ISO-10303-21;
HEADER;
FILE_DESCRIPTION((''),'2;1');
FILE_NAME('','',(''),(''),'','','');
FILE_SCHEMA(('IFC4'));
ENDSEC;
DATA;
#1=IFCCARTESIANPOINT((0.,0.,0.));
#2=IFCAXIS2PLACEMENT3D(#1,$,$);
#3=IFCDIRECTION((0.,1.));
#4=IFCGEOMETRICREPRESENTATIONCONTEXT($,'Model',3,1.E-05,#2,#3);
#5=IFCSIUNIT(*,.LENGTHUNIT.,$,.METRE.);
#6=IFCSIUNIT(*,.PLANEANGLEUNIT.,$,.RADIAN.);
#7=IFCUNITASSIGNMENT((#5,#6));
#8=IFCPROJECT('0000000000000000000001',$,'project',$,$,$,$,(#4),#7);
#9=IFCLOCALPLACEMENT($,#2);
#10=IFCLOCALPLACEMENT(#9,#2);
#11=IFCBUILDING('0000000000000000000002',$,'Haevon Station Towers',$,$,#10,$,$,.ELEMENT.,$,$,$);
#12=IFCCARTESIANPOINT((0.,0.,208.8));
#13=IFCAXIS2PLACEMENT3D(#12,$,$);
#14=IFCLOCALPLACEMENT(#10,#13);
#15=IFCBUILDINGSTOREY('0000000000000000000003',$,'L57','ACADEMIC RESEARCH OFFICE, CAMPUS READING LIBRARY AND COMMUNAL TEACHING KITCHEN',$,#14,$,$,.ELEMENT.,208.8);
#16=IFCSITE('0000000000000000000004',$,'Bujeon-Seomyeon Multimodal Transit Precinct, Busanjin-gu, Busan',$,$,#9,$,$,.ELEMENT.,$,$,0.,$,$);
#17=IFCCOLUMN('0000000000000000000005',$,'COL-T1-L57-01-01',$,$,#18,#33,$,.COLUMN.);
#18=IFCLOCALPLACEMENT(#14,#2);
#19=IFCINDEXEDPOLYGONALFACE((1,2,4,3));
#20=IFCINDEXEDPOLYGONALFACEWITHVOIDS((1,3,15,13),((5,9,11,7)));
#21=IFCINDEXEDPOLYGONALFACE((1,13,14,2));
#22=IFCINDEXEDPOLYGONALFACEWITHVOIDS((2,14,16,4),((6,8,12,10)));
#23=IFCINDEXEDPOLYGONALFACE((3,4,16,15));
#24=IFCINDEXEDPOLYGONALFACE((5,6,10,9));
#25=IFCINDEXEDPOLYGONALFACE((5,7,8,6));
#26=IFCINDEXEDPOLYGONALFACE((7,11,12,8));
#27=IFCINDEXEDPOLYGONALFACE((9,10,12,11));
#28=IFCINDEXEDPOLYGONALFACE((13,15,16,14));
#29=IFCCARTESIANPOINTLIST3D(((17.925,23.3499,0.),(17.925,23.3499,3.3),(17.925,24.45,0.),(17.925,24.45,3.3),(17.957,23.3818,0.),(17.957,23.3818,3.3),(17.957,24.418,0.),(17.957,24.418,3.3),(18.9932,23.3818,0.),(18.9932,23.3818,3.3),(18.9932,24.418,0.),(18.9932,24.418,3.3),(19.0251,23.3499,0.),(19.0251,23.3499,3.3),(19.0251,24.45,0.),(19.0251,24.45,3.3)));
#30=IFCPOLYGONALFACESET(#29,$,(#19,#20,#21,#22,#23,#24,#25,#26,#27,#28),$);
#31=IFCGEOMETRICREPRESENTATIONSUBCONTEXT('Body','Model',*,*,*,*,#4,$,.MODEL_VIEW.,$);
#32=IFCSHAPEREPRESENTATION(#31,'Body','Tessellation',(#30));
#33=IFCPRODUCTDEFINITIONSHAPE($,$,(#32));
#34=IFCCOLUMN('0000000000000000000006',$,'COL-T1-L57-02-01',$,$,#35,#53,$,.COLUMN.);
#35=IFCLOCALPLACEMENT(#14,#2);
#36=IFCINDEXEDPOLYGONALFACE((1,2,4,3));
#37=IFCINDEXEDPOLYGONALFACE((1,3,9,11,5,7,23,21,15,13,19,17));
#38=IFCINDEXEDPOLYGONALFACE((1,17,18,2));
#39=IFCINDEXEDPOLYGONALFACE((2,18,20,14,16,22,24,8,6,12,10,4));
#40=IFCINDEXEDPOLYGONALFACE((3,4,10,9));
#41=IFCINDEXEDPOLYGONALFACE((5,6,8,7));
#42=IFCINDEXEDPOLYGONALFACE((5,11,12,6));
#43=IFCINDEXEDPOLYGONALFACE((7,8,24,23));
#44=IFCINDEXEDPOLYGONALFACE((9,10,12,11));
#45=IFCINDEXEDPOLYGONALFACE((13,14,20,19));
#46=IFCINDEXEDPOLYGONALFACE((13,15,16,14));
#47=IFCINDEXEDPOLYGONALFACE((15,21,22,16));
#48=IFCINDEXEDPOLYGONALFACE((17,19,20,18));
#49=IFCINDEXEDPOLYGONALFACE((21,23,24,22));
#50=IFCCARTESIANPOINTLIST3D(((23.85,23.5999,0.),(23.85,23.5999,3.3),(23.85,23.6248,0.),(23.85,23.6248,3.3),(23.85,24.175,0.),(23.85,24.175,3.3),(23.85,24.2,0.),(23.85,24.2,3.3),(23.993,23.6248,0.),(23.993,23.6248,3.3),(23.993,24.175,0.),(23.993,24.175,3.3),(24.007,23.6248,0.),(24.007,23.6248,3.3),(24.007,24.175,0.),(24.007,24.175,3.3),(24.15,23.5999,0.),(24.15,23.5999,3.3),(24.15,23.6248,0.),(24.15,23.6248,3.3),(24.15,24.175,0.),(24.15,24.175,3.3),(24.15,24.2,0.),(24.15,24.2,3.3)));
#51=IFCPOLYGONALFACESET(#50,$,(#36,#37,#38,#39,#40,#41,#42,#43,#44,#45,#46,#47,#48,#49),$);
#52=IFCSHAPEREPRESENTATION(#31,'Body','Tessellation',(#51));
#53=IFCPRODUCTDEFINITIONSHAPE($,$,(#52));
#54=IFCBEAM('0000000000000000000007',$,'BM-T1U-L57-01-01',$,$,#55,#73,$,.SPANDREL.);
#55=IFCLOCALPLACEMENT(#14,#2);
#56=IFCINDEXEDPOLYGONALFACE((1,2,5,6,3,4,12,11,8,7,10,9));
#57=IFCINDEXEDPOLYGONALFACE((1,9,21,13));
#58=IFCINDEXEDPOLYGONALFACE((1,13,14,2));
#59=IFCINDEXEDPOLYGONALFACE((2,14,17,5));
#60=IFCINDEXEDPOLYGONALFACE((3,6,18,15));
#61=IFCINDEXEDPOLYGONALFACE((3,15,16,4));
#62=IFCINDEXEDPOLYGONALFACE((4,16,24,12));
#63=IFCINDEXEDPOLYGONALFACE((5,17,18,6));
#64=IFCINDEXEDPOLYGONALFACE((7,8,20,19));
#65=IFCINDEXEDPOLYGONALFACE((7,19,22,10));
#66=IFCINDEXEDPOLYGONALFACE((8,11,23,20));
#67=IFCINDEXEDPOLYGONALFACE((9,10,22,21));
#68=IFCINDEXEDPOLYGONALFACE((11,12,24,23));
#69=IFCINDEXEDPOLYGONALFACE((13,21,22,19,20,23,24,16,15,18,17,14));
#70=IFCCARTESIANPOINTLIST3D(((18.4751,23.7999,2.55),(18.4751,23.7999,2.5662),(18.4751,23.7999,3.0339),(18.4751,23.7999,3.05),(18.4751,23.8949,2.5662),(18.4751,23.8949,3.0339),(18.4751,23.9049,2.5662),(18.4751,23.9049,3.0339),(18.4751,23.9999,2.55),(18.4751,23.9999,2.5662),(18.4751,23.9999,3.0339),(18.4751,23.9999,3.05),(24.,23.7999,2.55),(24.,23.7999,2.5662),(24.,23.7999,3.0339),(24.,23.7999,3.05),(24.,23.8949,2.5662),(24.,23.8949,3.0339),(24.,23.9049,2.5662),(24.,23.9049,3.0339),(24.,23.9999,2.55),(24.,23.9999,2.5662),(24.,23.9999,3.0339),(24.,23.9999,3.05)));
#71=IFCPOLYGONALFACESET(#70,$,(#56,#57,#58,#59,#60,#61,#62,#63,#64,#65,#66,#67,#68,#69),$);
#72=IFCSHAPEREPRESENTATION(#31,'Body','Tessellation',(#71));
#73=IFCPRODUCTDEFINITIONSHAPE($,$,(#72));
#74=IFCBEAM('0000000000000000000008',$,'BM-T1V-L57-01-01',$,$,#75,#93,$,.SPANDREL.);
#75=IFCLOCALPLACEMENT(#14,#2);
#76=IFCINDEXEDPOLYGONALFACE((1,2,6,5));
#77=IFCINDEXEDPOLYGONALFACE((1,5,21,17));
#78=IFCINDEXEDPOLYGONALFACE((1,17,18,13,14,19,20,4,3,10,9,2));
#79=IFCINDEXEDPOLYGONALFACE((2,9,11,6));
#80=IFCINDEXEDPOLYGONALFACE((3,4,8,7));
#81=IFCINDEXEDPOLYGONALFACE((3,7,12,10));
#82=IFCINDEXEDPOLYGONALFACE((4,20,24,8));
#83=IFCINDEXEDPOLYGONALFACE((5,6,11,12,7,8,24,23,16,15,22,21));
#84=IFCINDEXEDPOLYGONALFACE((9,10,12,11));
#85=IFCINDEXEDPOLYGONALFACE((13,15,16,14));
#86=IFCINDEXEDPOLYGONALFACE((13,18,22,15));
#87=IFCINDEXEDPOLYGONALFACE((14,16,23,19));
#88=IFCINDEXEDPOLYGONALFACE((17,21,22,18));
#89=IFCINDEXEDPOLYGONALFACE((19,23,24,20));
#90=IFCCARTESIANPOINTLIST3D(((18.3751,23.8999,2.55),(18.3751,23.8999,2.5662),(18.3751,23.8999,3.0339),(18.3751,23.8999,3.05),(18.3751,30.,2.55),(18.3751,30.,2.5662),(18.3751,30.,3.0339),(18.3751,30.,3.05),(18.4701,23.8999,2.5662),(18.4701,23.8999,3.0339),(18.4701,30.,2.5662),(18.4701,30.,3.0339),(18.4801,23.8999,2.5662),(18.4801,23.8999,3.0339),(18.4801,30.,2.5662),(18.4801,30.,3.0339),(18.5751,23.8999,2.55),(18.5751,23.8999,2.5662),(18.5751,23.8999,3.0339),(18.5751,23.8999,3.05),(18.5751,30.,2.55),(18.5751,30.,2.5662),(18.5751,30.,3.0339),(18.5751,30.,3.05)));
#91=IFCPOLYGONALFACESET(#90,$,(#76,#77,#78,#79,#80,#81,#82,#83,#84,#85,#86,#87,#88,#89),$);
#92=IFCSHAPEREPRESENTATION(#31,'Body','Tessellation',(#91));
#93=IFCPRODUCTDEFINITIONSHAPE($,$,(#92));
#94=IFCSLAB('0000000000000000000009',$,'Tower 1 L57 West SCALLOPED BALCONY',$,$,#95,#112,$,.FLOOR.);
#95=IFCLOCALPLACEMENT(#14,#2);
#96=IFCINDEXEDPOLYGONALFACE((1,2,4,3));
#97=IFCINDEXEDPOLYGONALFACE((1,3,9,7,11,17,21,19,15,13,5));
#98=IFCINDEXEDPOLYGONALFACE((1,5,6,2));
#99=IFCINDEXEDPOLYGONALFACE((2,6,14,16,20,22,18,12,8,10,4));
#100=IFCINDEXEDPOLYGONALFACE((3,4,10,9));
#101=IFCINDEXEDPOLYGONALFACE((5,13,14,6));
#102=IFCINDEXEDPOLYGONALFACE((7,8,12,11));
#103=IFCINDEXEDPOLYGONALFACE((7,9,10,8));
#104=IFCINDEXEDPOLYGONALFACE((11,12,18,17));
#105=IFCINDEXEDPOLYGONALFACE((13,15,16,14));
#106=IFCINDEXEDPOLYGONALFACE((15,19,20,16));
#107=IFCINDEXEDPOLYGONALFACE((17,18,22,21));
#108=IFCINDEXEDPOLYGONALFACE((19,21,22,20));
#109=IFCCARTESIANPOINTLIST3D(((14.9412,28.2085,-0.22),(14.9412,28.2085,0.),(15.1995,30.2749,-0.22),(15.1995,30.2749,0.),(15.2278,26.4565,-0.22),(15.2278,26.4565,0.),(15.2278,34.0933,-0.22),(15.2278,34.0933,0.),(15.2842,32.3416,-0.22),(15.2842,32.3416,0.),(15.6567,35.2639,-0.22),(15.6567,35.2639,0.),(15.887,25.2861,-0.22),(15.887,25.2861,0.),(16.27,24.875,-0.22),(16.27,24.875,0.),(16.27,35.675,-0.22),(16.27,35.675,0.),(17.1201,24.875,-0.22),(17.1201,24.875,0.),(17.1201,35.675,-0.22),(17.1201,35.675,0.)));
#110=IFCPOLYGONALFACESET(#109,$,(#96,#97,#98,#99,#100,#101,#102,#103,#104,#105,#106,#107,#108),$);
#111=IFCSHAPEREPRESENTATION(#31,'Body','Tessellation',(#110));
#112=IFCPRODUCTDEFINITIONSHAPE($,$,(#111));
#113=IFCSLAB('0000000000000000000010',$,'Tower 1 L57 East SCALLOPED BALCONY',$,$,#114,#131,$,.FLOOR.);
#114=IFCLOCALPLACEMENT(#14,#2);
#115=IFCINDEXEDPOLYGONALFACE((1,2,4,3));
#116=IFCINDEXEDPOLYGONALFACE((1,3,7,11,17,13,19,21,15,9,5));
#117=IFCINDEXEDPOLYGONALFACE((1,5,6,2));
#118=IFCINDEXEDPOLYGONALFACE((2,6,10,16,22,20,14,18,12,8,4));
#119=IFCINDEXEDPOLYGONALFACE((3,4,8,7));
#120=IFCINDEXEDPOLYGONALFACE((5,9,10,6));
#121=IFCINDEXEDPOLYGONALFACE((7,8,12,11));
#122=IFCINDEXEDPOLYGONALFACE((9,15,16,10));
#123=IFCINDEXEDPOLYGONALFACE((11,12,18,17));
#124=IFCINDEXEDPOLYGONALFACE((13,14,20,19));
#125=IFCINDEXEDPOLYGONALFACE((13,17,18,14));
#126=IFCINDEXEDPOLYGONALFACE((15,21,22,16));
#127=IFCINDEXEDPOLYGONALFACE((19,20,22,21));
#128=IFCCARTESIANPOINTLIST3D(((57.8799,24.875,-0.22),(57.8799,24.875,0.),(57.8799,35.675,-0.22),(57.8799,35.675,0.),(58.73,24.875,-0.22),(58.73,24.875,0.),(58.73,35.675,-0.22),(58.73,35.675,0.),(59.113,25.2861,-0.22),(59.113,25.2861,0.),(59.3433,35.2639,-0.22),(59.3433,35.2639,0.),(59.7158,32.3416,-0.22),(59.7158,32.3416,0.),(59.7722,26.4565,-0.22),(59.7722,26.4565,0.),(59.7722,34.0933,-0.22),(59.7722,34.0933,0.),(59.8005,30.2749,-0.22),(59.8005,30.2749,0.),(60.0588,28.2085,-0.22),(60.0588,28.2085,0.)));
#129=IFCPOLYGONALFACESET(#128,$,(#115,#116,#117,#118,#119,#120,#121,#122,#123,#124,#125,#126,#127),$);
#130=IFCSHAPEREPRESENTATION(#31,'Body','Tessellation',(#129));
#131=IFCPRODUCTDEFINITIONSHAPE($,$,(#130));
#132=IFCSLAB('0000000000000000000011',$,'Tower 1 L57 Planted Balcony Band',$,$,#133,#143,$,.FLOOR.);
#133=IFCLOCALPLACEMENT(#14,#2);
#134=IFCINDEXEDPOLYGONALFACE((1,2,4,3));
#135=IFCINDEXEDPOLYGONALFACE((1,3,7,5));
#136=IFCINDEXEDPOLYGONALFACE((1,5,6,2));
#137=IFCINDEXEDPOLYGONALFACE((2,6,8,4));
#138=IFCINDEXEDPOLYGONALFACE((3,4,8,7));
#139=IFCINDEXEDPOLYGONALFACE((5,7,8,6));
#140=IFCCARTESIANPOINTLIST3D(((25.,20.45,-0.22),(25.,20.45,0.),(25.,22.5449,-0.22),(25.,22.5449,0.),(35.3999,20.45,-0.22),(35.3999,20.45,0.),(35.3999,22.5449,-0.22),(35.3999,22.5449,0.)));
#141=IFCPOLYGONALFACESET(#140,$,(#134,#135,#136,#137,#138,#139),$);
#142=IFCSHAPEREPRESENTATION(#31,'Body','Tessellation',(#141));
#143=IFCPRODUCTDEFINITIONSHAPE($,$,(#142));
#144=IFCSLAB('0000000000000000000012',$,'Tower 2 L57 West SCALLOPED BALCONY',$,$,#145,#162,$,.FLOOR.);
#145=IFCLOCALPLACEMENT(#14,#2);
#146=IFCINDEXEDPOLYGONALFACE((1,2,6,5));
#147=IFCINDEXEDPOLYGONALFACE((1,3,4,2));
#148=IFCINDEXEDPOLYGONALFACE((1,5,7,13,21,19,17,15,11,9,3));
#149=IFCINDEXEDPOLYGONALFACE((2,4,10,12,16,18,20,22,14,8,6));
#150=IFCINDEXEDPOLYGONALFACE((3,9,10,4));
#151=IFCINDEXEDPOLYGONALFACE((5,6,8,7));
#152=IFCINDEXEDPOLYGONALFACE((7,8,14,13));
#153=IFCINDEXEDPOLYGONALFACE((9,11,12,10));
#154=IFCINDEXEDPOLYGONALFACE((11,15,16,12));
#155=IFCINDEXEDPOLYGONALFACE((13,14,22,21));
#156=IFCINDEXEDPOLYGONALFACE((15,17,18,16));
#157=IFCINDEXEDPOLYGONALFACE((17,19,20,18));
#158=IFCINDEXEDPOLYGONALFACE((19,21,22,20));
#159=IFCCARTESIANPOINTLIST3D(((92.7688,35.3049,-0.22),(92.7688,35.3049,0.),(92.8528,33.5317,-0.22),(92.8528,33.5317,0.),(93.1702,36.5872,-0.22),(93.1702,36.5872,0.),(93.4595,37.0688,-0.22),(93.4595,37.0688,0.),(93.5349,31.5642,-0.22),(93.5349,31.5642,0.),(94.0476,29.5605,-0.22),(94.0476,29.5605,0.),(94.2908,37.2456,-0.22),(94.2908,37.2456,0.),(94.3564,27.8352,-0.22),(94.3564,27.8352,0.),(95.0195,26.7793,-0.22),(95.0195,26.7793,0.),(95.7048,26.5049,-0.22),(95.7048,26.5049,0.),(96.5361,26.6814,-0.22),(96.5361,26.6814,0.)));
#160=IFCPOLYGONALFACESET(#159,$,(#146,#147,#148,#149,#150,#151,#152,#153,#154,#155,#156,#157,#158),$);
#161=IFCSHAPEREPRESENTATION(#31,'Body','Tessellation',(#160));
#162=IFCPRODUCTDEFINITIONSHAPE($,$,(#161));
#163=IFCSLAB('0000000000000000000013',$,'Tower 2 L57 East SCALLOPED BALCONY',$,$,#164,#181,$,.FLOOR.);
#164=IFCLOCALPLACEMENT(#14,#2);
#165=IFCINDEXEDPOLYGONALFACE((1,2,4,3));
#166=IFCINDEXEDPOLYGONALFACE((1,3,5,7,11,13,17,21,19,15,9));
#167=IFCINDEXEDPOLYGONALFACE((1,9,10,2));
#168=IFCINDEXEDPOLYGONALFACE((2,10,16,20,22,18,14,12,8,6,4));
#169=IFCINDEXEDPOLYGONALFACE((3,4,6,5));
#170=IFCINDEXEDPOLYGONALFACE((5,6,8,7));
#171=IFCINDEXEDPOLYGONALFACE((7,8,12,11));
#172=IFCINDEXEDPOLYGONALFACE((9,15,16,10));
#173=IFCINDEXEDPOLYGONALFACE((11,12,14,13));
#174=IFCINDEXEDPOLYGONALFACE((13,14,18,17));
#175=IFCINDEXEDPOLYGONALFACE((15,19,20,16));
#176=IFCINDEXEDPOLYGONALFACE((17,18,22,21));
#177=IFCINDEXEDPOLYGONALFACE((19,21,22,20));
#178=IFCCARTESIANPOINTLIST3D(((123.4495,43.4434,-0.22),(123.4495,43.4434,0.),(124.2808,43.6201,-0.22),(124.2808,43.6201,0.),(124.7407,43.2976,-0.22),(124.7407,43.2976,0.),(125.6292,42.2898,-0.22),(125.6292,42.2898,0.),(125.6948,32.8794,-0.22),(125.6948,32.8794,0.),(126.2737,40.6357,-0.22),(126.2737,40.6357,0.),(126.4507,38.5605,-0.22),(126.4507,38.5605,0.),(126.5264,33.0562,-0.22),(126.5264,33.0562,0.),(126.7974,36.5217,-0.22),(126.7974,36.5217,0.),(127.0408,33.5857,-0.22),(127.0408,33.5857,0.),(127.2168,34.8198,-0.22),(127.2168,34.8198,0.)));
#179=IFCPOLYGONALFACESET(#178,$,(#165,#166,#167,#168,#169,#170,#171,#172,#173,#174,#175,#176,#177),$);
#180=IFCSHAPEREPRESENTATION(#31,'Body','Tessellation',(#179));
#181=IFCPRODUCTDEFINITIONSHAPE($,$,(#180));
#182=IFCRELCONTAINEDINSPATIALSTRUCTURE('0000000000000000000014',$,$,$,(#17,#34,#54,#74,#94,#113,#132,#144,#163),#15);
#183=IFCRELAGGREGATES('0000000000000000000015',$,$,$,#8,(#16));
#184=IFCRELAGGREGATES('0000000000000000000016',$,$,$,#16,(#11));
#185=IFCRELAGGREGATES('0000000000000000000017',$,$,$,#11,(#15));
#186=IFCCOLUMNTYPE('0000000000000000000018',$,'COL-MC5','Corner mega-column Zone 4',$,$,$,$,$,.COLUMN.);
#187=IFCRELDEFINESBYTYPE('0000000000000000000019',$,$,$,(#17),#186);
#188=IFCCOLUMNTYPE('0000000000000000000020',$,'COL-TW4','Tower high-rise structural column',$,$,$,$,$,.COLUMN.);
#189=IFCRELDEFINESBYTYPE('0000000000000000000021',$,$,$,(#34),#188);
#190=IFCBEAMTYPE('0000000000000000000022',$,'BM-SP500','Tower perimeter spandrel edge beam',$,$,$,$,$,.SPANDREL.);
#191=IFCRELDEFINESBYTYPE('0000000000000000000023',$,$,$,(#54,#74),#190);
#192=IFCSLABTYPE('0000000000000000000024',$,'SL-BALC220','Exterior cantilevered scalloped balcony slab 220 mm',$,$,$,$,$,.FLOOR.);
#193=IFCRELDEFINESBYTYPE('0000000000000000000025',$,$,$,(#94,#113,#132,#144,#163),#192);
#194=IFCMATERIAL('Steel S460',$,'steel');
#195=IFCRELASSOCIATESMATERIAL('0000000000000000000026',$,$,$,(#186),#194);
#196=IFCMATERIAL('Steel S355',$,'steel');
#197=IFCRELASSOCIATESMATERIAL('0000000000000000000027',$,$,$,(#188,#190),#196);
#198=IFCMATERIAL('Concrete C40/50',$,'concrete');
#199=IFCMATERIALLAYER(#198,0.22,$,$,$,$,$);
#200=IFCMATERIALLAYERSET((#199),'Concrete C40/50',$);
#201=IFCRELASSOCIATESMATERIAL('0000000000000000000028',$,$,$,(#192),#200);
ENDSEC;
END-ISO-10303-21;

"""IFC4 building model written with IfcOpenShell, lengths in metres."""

from ifc_helpers import new_model, si_unit, direction, frame, origin, origin_2d, place, context, subcontext, project, spatial, polyline, hollow_rectangle, i_section, outline, extrude, material, layer, layer_set, material_profile, profile_set, type_object, element, save


model = new_model("IFC4")

# Units and contexts
model_context = context("Model", 3, precision=1e-05, world=origin(), true_north=direction((0.0, 1.0)))
body_context = subcontext(model_context, "Body", "Model", "MODEL_VIEW")
ifc_project = project(units=[si_unit("LENGTHUNIT", "METRE"), si_unit("PLANEANGLEUNIT", "RADIAN")], contexts=[model_context])

# Site, building, storey
site_placement = place(None, origin())
site = spatial("IfcSite", under=ifc_project, at=site_placement, Name="Bujeon-Seomyeon Multimodal Transit Precinct, Busanjin-gu, Busan", CompositionType="ELEMENT", RefElevation=0.0)
building_placement = place(site_placement, origin())
building = spatial("IfcBuilding", under=site, at=building_placement, Name="Haevon Station Towers", CompositionType="ELEMENT")
storey_placement = place(building_placement, frame((0.0, 0.0, 208.8)))
storey = spatial("IfcBuildingStorey", under=building, at=storey_placement, Name="L57", Description="ACADEMIC RESEARCH OFFICE, CAMPUS READING LIBRARY AND COMMUNAL TEACHING KITCHEN", CompositionType="ELEMENT", Elevation=208.8)

# Columns
ifc_material_1 = material(Name="Steel S460", Category="steel")
ifc_material_profile_1 = material_profile(ifc_material_1, hollow_rectangle(XDim=1.1001, YDim=1.1001, WallThickness=0.032, at=origin_2d()), Name="BOX-1100x1100x32")
ifc_profile_set_1 = profile_set([ifc_material_profile_1], Name="Steel S460")
column_type_1 = type_object("IfcColumnType", Name="COL-MC5", Description="Corner mega-column Zone 4", PredefinedType="COLUMN", material=ifc_profile_set_1)
column_1_placement = place(storey_placement, frame((18.4751, 23.8999, 0.0), z_axis=(0.0, 0.0, 1.0), x_axis=(1.0, 0.0, 0.0)))
element("IfcColumn", 1, at=column_1_placement, inside=storey, type_object=column_type_1, Name="COL-T1-L57-01-01", PredefinedType="COLUMN", context=body_context, shape_type="SweptSolid", body=[
    extrude(hollow_rectangle(XDim=1.1001, YDim=1.1001, WallThickness=0.032, at=origin_2d()), origin(), (0.0, 0.0, 1.0), 3.3),
])
ifc_material_2 = material(Name="Steel S355", Category="steel")
ifc_material_profile_2 = material_profile(ifc_material_2, i_section(OverallWidth=0.3, OverallDepth=0.6001, WebThickness=0.0139, FlangeThickness=0.0249, at=origin_2d()), Name="H-600x300x14x25")
ifc_profile_set_2 = profile_set([ifc_material_profile_2], Name="Steel S355")
column_type_2 = type_object("IfcColumnType", Name="COL-TW4", Description="Tower high-rise structural column", PredefinedType="COLUMN", material=ifc_profile_set_2)
column_2_placement = place(storey_placement, frame((24.0, 23.8999, 0.0), z_axis=(0.0, 0.0, 1.0), x_axis=(1.0, 0.0, 0.0)))
element("IfcColumn", 2, at=column_2_placement, inside=storey, type_object=column_type_2, Name="COL-T1-L57-02-01", PredefinedType="COLUMN", context=body_context, shape_type="SweptSolid", body=[
    extrude(i_section(OverallWidth=0.3, OverallDepth=0.6001, WebThickness=0.0139, FlangeThickness=0.0249, at=origin_2d()), origin(), (0.0, 0.0, 1.0), 3.3),
])

# Beams
ifc_material_profile_3 = material_profile(ifc_material_2, i_section(OverallWidth=0.2, OverallDepth=0.5, WebThickness=0.01, FlangeThickness=0.0161, at=origin_2d()), Name="H-500x200x10x16")
ifc_profile_set_3 = profile_set([ifc_material_profile_3], Name="Steel S355")
beam_type = type_object("IfcBeamType", Name="BM-SP500", Description="Tower perimeter spandrel edge beam", PredefinedType="SPANDREL", material=ifc_profile_set_3)
beam_1_placement = place(storey_placement, frame((18.4751, 23.8999, 2.8), z_axis=(1.0, 0.0, 0.0), x_axis=(0.0, 1.0, 0.0)))
element("IfcBeam", 3, at=beam_1_placement, inside=storey, type_object=beam_type, Name="BM-T1U-L57-01-01", PredefinedType="SPANDREL", context=body_context, shape_type="SweptSolid", body=[
    extrude(i_section(OverallWidth=0.2, OverallDepth=0.5, WebThickness=0.01, FlangeThickness=0.0161, at=origin_2d()), origin(), (0.0, 0.0, 1.0), 5.5249),
])
beam_2_placement = place(storey_placement, frame((18.4751, 23.8999, 2.8), z_axis=(0.0, 1.0, 0.0), x_axis=(-1.0, 0.0, 0.0)))
element("IfcBeam", 4, at=beam_2_placement, inside=storey, type_object=beam_type, Name="BM-T1V-L57-01-01", PredefinedType="SPANDREL", context=body_context, shape_type="SweptSolid", body=[
    extrude(i_section(OverallWidth=0.2, OverallDepth=0.5, WebThickness=0.01, FlangeThickness=0.0161, at=origin_2d()), origin(), (0.0, 0.0, 1.0), 6.1001),
])

# Slabs
ifc_material_3 = material(Name="Concrete C40/50", Category="concrete")
ifc_layer_1 = layer(ifc_material_3, 0.22)
ifc_layer_set_1 = layer_set([ifc_layer_1], Name="Concrete C40/50")
slab_type_1 = type_object("IfcSlabType", Name="SL-BALC220", Description="Exterior cantilevered scalloped balcony slab 220 mm", PredefinedType="FLOOR", material=ifc_layer_set_1)
slab_1_placement = place(storey_placement, frame((0.0, 0.0, -0.22)))
element("IfcSlab", 5, at=slab_1_placement, inside=storey, type_object=slab_type_1, Name="Tower 1 L57 West SCALLOPED BALCONY", PredefinedType="FLOOR", context=body_context, shape_type="SweptSolid", body=[
    extrude(outline(polyline([(17.1201, 35.675), (16.27, 35.675), (15.6567, 35.2639), (15.2278, 34.0933), (15.2842, 32.3416), (15.1995, 30.2749), (14.9412, 28.2085), (15.2278, 26.4565), (15.887, 25.2861), (16.27, 24.875), (17.1201, 24.875), (17.1201, 35.675)])), origin(), (0.0, 0.0, 1.0), 0.22),
])
slab_2_placement = place(storey_placement, frame((0.0, 0.0, -0.22)))
element("IfcSlab", 6, at=slab_2_placement, inside=storey, type_object=slab_type_1, Name="Tower 1 L57 East SCALLOPED BALCONY", PredefinedType="FLOOR", context=body_context, shape_type="SweptSolid", body=[
    extrude(outline(polyline([(57.8799, 24.875), (58.73, 24.875), (59.113, 25.2861), (59.7722, 26.4565), (60.0588, 28.2085), (59.8005, 30.2749), (59.7158, 32.3416), (59.7722, 34.0933), (59.3433, 35.2639), (58.73, 35.675), (57.8799, 35.675), (57.8799, 24.875)])), origin(), (0.0, 0.0, 1.0), 0.22),
])
slab_3_placement = place(storey_placement, frame((0.0, 0.0, -0.22)))
element("IfcSlab", 7, at=slab_3_placement, inside=storey, type_object=slab_type_1, Name="Tower 1 L57 Planted Balcony Band", PredefinedType="FLOOR", context=body_context, shape_type="SweptSolid", body=[
    extrude(outline(polyline([(25.0, 20.45), (35.3999, 20.45), (35.3999, 22.5449), (25.0, 22.5449), (25.0, 20.45)])), origin(), (0.0, 0.0, 1.0), 0.22),
])
slab_4_placement = place(storey_placement, frame((0.0, 0.0, -0.22)))
element("IfcSlab", 8, at=slab_4_placement, inside=storey, type_object=slab_type_1, Name="Tower 2 L57 West SCALLOPED BALCONY", PredefinedType="FLOOR", context=body_context, shape_type="SweptSolid", body=[
    extrude(outline(polyline([(94.2908, 37.2456), (93.4595, 37.0688), (93.1702, 36.5872), (92.7688, 35.3049), (92.8528, 33.5317), (93.5349, 31.5642), (94.0476, 29.5605), (94.3564, 27.8352), (95.0195, 26.7793), (95.7048, 26.5049), (96.5361, 26.6814), (94.2908, 37.2456)])), origin(), (0.0, 0.0, 1.0), 0.22),
])
slab_5_placement = place(storey_placement, frame((0.0, 0.0, -0.22)))
element("IfcSlab", 9, at=slab_5_placement, inside=storey, type_object=slab_type_1, Name="Tower 2 L57 East SCALLOPED BALCONY", PredefinedType="FLOOR", context=body_context, shape_type="SweptSolid", body=[
    extrude(outline(polyline([(125.6948, 32.8794), (126.5264, 33.0562), (127.0408, 33.5857), (127.2168, 34.8198), (126.7974, 36.5217), (126.4507, 38.5605), (126.2737, 40.6357), (125.6292, 42.2898), (124.7407, 43.2976), (124.2808, 43.6201), (123.4495, 43.4434), (125.6948, 32.8794)])), origin(), (0.0, 0.0, 1.0), 0.22),
])

save(model, "model.ifc")
